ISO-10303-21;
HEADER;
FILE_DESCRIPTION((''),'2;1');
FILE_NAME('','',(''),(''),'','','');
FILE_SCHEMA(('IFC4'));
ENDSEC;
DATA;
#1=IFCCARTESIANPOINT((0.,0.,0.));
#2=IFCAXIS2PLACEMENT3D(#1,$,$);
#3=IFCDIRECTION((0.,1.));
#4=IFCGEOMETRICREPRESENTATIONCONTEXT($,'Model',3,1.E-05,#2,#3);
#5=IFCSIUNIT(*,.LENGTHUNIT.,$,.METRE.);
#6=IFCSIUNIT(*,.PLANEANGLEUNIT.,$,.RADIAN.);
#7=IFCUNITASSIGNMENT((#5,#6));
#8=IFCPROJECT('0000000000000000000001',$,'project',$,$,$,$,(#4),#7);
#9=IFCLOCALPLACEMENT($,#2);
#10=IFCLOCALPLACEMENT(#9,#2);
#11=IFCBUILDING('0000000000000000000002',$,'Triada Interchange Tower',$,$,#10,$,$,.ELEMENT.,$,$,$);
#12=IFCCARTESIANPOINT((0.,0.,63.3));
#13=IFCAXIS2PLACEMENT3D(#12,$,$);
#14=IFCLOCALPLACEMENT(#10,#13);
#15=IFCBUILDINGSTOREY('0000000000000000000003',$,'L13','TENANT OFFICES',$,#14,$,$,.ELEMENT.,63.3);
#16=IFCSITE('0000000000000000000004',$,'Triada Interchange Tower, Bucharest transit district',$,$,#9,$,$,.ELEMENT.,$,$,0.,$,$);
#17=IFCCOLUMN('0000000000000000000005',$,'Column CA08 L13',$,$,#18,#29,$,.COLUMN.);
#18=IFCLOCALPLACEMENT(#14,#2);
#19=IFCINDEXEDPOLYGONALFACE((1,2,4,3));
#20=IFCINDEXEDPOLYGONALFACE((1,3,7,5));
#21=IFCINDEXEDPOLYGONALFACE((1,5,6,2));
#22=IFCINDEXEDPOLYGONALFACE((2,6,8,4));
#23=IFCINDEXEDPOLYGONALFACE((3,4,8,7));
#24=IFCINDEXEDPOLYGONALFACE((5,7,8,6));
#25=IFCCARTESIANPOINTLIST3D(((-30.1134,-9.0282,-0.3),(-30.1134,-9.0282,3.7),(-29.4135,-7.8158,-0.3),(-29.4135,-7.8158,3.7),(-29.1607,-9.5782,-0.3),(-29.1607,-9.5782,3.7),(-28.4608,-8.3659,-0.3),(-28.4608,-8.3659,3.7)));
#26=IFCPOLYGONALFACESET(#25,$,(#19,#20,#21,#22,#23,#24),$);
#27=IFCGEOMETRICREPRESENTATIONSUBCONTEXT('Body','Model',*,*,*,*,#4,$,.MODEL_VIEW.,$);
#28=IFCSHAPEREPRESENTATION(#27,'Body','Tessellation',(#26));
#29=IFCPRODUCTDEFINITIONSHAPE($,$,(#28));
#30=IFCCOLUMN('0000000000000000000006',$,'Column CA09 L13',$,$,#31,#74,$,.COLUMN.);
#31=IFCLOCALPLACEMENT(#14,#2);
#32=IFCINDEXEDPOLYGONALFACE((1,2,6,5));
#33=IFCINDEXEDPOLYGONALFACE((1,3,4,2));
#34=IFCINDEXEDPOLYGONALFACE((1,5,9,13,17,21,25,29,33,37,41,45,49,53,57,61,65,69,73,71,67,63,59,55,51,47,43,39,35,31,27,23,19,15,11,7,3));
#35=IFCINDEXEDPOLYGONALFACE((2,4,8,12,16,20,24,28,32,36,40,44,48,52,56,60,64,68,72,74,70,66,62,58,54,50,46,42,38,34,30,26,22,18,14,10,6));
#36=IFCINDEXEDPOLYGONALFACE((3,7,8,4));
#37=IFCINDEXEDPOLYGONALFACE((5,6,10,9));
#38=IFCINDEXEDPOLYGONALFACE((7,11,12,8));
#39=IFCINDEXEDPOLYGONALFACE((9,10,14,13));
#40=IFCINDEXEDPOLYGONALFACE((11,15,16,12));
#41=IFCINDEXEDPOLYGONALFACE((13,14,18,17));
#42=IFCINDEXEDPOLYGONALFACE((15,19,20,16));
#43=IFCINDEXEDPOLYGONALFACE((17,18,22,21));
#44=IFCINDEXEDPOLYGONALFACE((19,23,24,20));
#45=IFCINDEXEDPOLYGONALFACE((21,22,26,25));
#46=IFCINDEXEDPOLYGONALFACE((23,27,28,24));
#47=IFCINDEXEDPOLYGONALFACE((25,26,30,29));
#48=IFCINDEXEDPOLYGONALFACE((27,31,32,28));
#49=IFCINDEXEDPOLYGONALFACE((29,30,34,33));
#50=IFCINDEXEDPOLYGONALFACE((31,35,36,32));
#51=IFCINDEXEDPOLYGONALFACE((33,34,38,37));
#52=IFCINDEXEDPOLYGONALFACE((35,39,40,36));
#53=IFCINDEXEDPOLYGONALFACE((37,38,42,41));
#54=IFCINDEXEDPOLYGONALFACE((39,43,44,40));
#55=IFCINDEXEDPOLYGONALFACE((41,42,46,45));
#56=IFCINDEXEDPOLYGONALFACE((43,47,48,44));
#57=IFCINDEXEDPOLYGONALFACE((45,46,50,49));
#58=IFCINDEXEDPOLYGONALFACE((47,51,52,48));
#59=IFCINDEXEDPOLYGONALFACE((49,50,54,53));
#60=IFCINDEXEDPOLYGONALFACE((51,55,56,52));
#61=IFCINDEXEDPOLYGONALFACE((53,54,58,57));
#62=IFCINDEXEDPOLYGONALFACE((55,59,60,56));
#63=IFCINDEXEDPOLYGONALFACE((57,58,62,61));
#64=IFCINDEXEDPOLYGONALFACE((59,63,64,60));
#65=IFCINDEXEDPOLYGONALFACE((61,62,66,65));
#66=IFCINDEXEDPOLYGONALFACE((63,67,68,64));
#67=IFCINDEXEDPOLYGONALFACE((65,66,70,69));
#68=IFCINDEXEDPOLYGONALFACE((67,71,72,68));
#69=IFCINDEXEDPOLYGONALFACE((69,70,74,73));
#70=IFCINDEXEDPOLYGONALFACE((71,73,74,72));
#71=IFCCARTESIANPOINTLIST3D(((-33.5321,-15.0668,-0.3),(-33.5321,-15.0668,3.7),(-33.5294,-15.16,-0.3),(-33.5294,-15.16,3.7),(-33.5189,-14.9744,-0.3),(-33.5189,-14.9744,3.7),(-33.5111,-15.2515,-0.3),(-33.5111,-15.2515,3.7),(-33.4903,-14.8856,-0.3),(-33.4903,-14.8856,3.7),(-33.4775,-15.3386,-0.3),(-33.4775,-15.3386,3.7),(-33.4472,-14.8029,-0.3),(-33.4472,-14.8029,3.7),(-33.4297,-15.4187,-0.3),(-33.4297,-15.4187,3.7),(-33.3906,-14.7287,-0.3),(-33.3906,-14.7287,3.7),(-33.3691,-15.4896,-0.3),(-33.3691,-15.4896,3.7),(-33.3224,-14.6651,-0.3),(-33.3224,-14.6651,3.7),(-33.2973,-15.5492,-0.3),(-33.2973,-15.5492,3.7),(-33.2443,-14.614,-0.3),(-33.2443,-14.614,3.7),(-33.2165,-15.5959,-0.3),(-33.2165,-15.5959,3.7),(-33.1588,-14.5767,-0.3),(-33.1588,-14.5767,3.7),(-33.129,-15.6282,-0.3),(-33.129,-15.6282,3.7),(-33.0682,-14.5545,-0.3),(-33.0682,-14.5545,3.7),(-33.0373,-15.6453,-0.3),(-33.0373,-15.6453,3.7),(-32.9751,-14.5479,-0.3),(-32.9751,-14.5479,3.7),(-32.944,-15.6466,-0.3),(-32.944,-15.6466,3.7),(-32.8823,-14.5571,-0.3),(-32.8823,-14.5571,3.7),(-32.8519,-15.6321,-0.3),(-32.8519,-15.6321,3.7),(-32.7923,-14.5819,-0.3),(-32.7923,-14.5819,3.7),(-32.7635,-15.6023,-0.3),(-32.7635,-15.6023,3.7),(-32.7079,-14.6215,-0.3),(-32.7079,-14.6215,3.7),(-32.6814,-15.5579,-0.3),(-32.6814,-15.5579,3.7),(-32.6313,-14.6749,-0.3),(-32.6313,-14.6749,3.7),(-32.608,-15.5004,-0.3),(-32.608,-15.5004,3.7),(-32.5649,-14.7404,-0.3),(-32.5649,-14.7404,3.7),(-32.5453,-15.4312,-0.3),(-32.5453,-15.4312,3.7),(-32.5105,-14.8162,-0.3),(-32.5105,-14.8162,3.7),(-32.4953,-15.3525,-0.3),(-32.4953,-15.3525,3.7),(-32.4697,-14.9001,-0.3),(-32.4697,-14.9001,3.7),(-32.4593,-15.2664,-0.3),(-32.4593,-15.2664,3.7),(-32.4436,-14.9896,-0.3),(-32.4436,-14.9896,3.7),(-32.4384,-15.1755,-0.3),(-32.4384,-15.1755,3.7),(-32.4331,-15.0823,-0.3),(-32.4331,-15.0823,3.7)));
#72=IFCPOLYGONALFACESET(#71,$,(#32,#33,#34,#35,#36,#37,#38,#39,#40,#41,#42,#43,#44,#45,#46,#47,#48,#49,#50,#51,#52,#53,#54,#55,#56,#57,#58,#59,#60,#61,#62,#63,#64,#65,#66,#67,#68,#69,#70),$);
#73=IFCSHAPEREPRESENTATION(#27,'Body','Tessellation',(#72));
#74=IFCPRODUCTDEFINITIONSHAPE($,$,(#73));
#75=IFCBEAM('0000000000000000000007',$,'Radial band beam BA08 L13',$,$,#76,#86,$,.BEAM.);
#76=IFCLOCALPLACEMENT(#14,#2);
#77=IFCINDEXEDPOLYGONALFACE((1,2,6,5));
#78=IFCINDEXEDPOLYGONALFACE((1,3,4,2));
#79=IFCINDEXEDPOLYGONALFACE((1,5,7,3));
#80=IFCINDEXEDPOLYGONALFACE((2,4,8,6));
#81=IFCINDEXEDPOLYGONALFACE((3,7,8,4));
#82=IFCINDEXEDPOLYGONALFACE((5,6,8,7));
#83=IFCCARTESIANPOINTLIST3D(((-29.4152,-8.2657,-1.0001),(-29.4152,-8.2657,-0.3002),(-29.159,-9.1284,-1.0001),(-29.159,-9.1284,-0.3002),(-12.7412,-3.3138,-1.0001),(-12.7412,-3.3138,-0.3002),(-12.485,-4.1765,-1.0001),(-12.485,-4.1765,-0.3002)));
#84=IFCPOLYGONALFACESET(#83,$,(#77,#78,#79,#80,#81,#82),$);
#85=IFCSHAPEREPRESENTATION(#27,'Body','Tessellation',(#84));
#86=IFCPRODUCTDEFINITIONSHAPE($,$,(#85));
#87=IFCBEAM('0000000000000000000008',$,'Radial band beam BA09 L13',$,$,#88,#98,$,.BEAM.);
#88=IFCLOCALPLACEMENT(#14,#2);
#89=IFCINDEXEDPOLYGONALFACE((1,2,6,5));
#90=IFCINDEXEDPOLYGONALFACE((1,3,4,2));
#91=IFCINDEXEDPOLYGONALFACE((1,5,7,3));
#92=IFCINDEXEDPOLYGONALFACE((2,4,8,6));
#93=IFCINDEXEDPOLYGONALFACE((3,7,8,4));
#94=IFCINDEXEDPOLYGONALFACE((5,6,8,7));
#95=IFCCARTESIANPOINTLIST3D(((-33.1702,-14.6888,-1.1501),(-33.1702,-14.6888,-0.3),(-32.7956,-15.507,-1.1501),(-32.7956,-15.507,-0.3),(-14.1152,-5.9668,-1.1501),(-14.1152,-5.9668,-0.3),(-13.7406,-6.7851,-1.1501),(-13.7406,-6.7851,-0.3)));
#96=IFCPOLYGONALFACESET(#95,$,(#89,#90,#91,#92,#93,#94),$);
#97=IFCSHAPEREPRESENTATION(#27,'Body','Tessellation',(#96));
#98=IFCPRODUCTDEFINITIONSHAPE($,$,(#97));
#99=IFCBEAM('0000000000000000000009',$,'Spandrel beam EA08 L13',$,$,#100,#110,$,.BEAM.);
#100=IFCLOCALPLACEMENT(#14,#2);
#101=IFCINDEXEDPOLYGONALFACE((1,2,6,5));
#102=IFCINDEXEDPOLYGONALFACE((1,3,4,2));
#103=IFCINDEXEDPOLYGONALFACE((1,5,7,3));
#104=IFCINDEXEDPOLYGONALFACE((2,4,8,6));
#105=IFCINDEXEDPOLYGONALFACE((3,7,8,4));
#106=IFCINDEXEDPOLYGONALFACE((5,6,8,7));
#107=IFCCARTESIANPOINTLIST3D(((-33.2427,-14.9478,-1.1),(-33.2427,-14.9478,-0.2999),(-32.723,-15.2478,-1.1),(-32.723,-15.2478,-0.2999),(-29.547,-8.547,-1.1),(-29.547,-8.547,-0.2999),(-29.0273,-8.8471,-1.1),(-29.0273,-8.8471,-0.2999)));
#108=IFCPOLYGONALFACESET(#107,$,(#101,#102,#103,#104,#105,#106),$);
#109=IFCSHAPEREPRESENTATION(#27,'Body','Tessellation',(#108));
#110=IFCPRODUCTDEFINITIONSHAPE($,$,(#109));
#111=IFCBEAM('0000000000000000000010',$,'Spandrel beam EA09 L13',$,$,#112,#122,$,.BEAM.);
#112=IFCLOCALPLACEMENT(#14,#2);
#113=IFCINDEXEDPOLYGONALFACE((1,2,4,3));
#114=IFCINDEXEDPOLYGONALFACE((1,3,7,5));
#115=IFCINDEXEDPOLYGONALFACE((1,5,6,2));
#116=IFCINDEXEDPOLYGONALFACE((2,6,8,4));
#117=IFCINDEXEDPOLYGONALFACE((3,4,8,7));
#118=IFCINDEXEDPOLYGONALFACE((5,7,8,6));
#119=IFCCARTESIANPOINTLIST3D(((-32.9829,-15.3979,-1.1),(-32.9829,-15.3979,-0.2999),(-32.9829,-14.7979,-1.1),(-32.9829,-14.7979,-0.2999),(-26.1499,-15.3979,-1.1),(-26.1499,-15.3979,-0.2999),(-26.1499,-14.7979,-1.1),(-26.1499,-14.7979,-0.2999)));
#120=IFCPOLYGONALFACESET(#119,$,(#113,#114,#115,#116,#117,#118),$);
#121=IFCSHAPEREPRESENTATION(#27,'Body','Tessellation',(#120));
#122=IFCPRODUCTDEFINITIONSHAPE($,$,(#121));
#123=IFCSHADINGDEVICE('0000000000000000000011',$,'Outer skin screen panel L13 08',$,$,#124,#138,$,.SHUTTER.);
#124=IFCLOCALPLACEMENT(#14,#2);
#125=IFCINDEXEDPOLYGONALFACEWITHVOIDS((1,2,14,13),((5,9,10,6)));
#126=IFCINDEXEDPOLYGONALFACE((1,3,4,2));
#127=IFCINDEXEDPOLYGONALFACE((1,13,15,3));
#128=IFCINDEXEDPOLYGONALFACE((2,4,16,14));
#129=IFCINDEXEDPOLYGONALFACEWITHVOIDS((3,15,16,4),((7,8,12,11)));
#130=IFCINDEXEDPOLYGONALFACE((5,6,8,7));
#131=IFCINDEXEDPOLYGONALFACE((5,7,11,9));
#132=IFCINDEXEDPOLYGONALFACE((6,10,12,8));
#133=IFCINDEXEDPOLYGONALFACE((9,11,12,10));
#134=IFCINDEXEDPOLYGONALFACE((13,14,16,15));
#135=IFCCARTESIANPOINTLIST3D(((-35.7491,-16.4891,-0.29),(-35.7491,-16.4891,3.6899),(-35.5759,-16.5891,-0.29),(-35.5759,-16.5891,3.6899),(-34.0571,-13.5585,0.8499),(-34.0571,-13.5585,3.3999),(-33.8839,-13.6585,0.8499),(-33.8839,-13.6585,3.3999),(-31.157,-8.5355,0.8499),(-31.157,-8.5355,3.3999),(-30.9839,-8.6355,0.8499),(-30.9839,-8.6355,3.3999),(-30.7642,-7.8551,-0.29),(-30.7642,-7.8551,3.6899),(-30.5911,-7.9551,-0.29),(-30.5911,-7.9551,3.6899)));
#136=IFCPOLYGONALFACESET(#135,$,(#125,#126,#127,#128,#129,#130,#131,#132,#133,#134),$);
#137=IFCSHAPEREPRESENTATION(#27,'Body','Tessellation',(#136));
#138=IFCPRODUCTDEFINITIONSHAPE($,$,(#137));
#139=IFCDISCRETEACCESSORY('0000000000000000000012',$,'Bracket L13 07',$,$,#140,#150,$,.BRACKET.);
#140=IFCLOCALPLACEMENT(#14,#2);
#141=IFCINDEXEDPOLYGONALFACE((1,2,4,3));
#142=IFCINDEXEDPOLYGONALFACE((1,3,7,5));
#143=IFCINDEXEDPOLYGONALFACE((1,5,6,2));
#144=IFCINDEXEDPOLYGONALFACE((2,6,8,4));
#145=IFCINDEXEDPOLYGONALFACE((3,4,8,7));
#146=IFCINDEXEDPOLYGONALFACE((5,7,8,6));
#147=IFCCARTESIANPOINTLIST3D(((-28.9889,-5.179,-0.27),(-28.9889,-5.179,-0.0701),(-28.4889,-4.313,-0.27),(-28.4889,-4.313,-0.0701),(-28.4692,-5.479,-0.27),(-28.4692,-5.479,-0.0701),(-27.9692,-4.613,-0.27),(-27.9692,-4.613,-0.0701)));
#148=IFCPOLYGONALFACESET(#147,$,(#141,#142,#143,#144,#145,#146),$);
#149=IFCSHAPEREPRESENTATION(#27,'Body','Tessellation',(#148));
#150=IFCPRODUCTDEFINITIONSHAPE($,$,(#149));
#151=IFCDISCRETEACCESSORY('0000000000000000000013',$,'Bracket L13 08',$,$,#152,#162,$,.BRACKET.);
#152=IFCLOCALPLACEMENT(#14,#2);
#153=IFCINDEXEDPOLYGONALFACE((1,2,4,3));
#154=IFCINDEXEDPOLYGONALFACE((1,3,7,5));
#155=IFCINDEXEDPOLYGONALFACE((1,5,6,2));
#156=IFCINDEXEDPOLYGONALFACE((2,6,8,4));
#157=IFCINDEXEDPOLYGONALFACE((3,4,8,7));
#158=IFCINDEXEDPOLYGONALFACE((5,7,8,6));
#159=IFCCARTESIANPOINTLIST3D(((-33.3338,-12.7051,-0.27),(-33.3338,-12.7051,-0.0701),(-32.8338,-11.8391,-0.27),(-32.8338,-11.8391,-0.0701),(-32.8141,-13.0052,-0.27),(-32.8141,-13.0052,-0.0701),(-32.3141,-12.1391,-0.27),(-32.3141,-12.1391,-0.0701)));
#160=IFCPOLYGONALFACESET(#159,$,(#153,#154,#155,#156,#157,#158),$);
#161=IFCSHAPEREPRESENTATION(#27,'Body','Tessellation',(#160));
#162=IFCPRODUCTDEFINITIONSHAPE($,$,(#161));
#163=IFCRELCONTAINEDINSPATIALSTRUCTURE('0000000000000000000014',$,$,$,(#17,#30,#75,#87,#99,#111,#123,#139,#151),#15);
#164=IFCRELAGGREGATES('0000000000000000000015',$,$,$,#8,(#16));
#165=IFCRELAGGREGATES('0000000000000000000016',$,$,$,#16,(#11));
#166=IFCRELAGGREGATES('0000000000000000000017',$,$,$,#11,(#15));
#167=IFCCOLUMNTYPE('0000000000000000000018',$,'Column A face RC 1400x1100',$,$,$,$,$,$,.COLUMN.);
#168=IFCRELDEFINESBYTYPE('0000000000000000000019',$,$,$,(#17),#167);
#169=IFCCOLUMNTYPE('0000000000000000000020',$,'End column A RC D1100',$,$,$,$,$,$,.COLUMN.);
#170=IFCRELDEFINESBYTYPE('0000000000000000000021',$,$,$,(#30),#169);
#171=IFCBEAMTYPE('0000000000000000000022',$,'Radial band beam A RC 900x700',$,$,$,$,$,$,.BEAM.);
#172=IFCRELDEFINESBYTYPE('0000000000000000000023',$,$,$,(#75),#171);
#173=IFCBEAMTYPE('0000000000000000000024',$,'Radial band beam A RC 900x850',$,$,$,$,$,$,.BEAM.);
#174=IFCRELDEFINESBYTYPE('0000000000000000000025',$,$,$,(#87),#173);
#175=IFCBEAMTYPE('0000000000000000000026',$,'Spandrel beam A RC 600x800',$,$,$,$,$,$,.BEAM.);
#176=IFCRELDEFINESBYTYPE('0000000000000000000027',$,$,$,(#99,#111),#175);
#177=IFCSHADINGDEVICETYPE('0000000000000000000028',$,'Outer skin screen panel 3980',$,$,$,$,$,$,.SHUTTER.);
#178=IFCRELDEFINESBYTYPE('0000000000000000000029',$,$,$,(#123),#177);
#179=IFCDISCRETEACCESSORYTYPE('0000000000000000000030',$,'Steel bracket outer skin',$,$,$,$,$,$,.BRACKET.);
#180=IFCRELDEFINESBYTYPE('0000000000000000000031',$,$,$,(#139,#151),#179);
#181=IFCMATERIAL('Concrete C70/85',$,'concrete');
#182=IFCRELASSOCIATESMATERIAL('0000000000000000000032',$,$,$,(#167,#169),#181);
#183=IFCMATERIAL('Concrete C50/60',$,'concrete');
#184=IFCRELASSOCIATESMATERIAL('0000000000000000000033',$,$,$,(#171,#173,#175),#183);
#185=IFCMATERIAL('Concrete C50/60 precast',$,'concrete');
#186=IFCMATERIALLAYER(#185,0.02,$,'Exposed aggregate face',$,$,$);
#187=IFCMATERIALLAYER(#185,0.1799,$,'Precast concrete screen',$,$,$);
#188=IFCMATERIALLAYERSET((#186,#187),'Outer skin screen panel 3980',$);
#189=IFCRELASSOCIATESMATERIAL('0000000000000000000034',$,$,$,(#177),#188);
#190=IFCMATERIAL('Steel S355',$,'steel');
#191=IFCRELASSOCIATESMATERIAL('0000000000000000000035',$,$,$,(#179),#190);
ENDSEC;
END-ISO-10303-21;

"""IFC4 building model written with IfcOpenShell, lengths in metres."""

from ifc_helpers import new_model, si_unit, direction, frame, origin, origin_2d, place, context, subcontext, project, spatial, polyline, rectangle, circle, outline, extrude, material, layer, layer_set, material_profile, profile_set, type_object, element, save


model = new_model("IFC4")

# Units and contexts
model_context = context("Model", 3, precision=1e-05, world=origin(), true_north=direction((0.0, 1.0)))
body_context = subcontext(model_context, "Body", "Model", "MODEL_VIEW")
ifc_project = project(units=[si_unit("LENGTHUNIT", "METRE"), si_unit("PLANEANGLEUNIT", "RADIAN")], contexts=[model_context])

# Site, building, storey
site_placement = place(None, origin())
site = spatial("IfcSite", under=ifc_project, at=site_placement, Name="Triada Interchange Tower, Bucharest transit district", CompositionType="ELEMENT", RefElevation=0.0)
building_placement = place(site_placement, origin())
building = spatial("IfcBuilding", under=site, at=building_placement, Name="Triada Interchange Tower", CompositionType="ELEMENT")
storey_placement = place(building_placement, frame((0.0, 0.0, 63.3)))
storey = spatial("IfcBuildingStorey", under=building, at=storey_placement, Name="L13", Description="TENANT OFFICES", CompositionType="ELEMENT", Elevation=63.3)

# Columns
ifc_material_1 = material(Name="Concrete C70/85", Category="concrete")
ifc_material_profile_1 = material_profile(ifc_material_1, rectangle(XDim=1.3999, YDim=1.1001, at=origin_2d()), Name="RC 1400x1100")
ifc_profile_set_1 = profile_set([ifc_material_profile_1], Name="Concrete C70/85")
column_type_1 = type_object("IfcColumnType", Name="Column A face RC 1400x1100", PredefinedType="COLUMN", material=ifc_profile_set_1)
column_1_placement = place(storey_placement, frame((-29.2871, -8.697, -0.3), z_axis=(0.0, 0.0, 1.0), x_axis=(0.5, 0.866025, 0.0)))
element("IfcColumn", 1, at=column_1_placement, inside=storey, type_object=column_type_1, Name="Column CA08 L13", PredefinedType="COLUMN", context=body_context, shape_type="SweptSolid", body=[
    extrude(rectangle(XDim=1.3999, YDim=1.1001, at=origin_2d()), origin(), (0.0, 0.0, 1.0), 4.0),
])
ifc_material_profile_2 = material_profile(ifc_material_1, circle(Radius=0.55, at=origin_2d()), Name="RC D1100")
ifc_profile_set_2 = profile_set([ifc_material_profile_2], Name="Concrete C70/85")
column_type_2 = type_object("IfcColumnType", Name="End column A RC D1100", PredefinedType="COLUMN", material=ifc_profile_set_2)
column_2_placement = place(storey_placement, frame((-32.9829, -15.0979, -0.3), z_axis=(0.0, 0.0, 1.0), x_axis=(0.5, 0.866025, 0.0)))
element("IfcColumn", 2, at=column_2_placement, inside=storey, type_object=column_type_2, Name="Column CA09 L13", PredefinedType="COLUMN", context=body_context, shape_type="SweptSolid", body=[
    extrude(circle(Radius=0.55, at=origin_2d()), origin(), (0.0, 0.0, 1.0), 4.0),
])

# Beams
ifc_material_2 = material(Name="Concrete C50/60", Category="concrete")
ifc_material_profile_3 = material_profile(ifc_material_2, rectangle(XDim=0.8999, YDim=0.7, at=origin_2d()), Name="RC 900x700")
ifc_profile_set_3 = profile_set([ifc_material_profile_3], Name="Concrete C50/60")
beam_type_1 = type_object("IfcBeamType", Name="Radial band beam A RC 900x700", PredefinedType="BEAM", material=ifc_profile_set_3)
beam_1_placement = place(storey_placement, frame((-29.2871, -8.697, -0.6501), z_axis=(0.958619, 0.284693, 0.0), x_axis=(-0.284693, 0.958619, 0.0)))
element("IfcBeam", 3, at=beam_1_placement, inside=storey, type_object=beam_type_1, Name="Radial band beam BA08 L13", PredefinedType="BEAM", context=body_context, shape_type="SweptSolid", body=[
    extrude(rectangle(XDim=0.8999, YDim=0.7, at=origin_2d()), origin(), (0.0, 0.0, 1.0), 17.3938),
])
ifc_material_profile_4 = material_profile(ifc_material_2, rectangle(XDim=0.8999, YDim=0.8501, at=origin_2d()), Name="RC 900x850")
ifc_profile_set_4 = profile_set([ifc_material_profile_4], Name="Concrete C50/60")
beam_type_2 = type_object("IfcBeamType", Name="Radial band beam A RC 900x850", PredefinedType="BEAM", material=ifc_profile_set_4)
beam_2_placement = place(storey_placement, frame((-32.9829, -15.0979, -0.7251), z_axis=(0.909274, 0.416198, 0.0), x_axis=(-0.416198, 0.909274, 0.0)))
element("IfcBeam", 4, at=beam_2_placement, inside=storey, type_object=beam_type_2, Name="Radial band beam BA09 L13", PredefinedType="BEAM", context=body_context, shape_type="SweptSolid", body=[
    extrude(rectangle(XDim=0.8999, YDim=0.8501, at=origin_2d()), origin(), (0.0, 0.0, 1.0), 20.9563),
])
ifc_material_profile_5 = material_profile(ifc_material_2, rectangle(XDim=0.6001, YDim=0.8, at=origin_2d()), Name="RC 600x800")
ifc_profile_set_5 = profile_set([ifc_material_profile_5], Name="Concrete C50/60")
beam_type_3 = type_object("IfcBeamType", Name="Spandrel beam A RC 600x800", PredefinedType="BEAM", material=ifc_profile_set_5)
beam_3_placement = place(storey_placement, frame((-29.2871, -8.697, -0.7), z_axis=(-0.500026, -0.866011, 0.0), x_axis=(0.866011, -0.500026, 0.0)))
element("IfcBeam", 5, at=beam_3_placement, inside=storey, type_object=beam_type_3, Name="Spandrel beam EA08 L13", PredefinedType="BEAM", context=body_context, shape_type="SweptSolid", body=[
    extrude(rectangle(XDim=0.6001, YDim=0.8, at=origin_2d()), origin(), (0.0, 0.0, 1.0), 7.3911),
])
beam_4_placement = place(storey_placement, frame((-32.9829, -15.0979, -0.7), z_axis=(1.0, 0.0, 0.0), x_axis=(0.0, 1.0, 0.0)))
element("IfcBeam", 6, at=beam_4_placement, inside=storey, type_object=beam_type_3, Name="Spandrel beam EA09 L13", PredefinedType="BEAM", context=body_context, shape_type="SweptSolid", body=[
    extrude(rectangle(XDim=0.6001, YDim=0.8, at=origin_2d()), origin(), (0.0, 0.0, 1.0), 6.833),
])

# Shading device
ifc_material_3 = material(Name="Concrete C50/60 precast", Category="concrete")
ifc_layer_1 = layer(ifc_material_3, 0.02, Name="Exposed aggregate face")
ifc_layer_2 = layer(ifc_material_3, 0.1799, Name="Precast concrete screen")
ifc_layer_set = layer_set([ifc_layer_1, ifc_layer_2], Name="Outer skin screen panel 3980")
shading_device_type = type_object("IfcShadingDeviceType", Name="Outer skin screen panel 3980", PredefinedType="SHUTTER", material=ifc_layer_set)
shading_device_placement = place(storey_placement, frame((-30.5911, -7.9551, -0.29), z_axis=(0.0, 0.0, 1.0), x_axis=(-0.5, -0.866025, 0.0)))
element("IfcShadingDevice", 7, at=shading_device_placement, inside=storey, type_object=shading_device_type, Name="Outer skin screen panel L13 08", PredefinedType="SHUTTER", context=body_context, shape_type="SweptSolid", body=[
    extrude(outline(polyline([(0.0, 0.0), (9.9697, 0.0), (9.9697, 3.98), (0.0, 3.98), (0.0, 0.0)]), holes=[polyline([(0.7856, 1.1399), (0.7856, 3.6899), (6.5857, 3.6899), (6.5857, 1.1399), (0.7856, 1.1399)])]), frame((0.0, 0.0, 0.0), z_axis=(0.0, -1.0, 0.0), x_axis=(1.0, 0.0, 0.0)), (0.0, 0.0, 1.0), 0.2),
])

# Discrete accessories
ifc_material_4 = material(Name="Steel S355", Category="steel")
discrete_accessory_type = type_object("IfcDiscreteAccessoryType", Name="Steel bracket outer skin", PredefinedType="BRACKET", material=ifc_material_4)
for number, where, z_axis, x_axis, name in (
    (8, (-28.479, -4.896, -0.27), (0.0, 0.0, 1.0), (-0.866022, 0.500006, 0.0), "Bracket L13 07"),
    (9, (-32.824, -12.4221, -0.27), (0.0, 0.0, 1.0), (-0.866022, 0.500006, 0.0), "Bracket L13 08"),
):
    element("IfcDiscreteAccessory", number, at=place(storey_placement, frame(where, z_axis=z_axis, x_axis=x_axis)), inside=storey, type_object=discrete_accessory_type, Name=name, PredefinedType="BRACKET", context=body_context, shape_type="SweptSolid", body=[
        extrude(rectangle(XDim=0.6001, YDim=1.0, at=origin_2d()), origin(), (0.0, 0.0, 1.0), 0.2),
    ])

save(model, "model.ifc")
